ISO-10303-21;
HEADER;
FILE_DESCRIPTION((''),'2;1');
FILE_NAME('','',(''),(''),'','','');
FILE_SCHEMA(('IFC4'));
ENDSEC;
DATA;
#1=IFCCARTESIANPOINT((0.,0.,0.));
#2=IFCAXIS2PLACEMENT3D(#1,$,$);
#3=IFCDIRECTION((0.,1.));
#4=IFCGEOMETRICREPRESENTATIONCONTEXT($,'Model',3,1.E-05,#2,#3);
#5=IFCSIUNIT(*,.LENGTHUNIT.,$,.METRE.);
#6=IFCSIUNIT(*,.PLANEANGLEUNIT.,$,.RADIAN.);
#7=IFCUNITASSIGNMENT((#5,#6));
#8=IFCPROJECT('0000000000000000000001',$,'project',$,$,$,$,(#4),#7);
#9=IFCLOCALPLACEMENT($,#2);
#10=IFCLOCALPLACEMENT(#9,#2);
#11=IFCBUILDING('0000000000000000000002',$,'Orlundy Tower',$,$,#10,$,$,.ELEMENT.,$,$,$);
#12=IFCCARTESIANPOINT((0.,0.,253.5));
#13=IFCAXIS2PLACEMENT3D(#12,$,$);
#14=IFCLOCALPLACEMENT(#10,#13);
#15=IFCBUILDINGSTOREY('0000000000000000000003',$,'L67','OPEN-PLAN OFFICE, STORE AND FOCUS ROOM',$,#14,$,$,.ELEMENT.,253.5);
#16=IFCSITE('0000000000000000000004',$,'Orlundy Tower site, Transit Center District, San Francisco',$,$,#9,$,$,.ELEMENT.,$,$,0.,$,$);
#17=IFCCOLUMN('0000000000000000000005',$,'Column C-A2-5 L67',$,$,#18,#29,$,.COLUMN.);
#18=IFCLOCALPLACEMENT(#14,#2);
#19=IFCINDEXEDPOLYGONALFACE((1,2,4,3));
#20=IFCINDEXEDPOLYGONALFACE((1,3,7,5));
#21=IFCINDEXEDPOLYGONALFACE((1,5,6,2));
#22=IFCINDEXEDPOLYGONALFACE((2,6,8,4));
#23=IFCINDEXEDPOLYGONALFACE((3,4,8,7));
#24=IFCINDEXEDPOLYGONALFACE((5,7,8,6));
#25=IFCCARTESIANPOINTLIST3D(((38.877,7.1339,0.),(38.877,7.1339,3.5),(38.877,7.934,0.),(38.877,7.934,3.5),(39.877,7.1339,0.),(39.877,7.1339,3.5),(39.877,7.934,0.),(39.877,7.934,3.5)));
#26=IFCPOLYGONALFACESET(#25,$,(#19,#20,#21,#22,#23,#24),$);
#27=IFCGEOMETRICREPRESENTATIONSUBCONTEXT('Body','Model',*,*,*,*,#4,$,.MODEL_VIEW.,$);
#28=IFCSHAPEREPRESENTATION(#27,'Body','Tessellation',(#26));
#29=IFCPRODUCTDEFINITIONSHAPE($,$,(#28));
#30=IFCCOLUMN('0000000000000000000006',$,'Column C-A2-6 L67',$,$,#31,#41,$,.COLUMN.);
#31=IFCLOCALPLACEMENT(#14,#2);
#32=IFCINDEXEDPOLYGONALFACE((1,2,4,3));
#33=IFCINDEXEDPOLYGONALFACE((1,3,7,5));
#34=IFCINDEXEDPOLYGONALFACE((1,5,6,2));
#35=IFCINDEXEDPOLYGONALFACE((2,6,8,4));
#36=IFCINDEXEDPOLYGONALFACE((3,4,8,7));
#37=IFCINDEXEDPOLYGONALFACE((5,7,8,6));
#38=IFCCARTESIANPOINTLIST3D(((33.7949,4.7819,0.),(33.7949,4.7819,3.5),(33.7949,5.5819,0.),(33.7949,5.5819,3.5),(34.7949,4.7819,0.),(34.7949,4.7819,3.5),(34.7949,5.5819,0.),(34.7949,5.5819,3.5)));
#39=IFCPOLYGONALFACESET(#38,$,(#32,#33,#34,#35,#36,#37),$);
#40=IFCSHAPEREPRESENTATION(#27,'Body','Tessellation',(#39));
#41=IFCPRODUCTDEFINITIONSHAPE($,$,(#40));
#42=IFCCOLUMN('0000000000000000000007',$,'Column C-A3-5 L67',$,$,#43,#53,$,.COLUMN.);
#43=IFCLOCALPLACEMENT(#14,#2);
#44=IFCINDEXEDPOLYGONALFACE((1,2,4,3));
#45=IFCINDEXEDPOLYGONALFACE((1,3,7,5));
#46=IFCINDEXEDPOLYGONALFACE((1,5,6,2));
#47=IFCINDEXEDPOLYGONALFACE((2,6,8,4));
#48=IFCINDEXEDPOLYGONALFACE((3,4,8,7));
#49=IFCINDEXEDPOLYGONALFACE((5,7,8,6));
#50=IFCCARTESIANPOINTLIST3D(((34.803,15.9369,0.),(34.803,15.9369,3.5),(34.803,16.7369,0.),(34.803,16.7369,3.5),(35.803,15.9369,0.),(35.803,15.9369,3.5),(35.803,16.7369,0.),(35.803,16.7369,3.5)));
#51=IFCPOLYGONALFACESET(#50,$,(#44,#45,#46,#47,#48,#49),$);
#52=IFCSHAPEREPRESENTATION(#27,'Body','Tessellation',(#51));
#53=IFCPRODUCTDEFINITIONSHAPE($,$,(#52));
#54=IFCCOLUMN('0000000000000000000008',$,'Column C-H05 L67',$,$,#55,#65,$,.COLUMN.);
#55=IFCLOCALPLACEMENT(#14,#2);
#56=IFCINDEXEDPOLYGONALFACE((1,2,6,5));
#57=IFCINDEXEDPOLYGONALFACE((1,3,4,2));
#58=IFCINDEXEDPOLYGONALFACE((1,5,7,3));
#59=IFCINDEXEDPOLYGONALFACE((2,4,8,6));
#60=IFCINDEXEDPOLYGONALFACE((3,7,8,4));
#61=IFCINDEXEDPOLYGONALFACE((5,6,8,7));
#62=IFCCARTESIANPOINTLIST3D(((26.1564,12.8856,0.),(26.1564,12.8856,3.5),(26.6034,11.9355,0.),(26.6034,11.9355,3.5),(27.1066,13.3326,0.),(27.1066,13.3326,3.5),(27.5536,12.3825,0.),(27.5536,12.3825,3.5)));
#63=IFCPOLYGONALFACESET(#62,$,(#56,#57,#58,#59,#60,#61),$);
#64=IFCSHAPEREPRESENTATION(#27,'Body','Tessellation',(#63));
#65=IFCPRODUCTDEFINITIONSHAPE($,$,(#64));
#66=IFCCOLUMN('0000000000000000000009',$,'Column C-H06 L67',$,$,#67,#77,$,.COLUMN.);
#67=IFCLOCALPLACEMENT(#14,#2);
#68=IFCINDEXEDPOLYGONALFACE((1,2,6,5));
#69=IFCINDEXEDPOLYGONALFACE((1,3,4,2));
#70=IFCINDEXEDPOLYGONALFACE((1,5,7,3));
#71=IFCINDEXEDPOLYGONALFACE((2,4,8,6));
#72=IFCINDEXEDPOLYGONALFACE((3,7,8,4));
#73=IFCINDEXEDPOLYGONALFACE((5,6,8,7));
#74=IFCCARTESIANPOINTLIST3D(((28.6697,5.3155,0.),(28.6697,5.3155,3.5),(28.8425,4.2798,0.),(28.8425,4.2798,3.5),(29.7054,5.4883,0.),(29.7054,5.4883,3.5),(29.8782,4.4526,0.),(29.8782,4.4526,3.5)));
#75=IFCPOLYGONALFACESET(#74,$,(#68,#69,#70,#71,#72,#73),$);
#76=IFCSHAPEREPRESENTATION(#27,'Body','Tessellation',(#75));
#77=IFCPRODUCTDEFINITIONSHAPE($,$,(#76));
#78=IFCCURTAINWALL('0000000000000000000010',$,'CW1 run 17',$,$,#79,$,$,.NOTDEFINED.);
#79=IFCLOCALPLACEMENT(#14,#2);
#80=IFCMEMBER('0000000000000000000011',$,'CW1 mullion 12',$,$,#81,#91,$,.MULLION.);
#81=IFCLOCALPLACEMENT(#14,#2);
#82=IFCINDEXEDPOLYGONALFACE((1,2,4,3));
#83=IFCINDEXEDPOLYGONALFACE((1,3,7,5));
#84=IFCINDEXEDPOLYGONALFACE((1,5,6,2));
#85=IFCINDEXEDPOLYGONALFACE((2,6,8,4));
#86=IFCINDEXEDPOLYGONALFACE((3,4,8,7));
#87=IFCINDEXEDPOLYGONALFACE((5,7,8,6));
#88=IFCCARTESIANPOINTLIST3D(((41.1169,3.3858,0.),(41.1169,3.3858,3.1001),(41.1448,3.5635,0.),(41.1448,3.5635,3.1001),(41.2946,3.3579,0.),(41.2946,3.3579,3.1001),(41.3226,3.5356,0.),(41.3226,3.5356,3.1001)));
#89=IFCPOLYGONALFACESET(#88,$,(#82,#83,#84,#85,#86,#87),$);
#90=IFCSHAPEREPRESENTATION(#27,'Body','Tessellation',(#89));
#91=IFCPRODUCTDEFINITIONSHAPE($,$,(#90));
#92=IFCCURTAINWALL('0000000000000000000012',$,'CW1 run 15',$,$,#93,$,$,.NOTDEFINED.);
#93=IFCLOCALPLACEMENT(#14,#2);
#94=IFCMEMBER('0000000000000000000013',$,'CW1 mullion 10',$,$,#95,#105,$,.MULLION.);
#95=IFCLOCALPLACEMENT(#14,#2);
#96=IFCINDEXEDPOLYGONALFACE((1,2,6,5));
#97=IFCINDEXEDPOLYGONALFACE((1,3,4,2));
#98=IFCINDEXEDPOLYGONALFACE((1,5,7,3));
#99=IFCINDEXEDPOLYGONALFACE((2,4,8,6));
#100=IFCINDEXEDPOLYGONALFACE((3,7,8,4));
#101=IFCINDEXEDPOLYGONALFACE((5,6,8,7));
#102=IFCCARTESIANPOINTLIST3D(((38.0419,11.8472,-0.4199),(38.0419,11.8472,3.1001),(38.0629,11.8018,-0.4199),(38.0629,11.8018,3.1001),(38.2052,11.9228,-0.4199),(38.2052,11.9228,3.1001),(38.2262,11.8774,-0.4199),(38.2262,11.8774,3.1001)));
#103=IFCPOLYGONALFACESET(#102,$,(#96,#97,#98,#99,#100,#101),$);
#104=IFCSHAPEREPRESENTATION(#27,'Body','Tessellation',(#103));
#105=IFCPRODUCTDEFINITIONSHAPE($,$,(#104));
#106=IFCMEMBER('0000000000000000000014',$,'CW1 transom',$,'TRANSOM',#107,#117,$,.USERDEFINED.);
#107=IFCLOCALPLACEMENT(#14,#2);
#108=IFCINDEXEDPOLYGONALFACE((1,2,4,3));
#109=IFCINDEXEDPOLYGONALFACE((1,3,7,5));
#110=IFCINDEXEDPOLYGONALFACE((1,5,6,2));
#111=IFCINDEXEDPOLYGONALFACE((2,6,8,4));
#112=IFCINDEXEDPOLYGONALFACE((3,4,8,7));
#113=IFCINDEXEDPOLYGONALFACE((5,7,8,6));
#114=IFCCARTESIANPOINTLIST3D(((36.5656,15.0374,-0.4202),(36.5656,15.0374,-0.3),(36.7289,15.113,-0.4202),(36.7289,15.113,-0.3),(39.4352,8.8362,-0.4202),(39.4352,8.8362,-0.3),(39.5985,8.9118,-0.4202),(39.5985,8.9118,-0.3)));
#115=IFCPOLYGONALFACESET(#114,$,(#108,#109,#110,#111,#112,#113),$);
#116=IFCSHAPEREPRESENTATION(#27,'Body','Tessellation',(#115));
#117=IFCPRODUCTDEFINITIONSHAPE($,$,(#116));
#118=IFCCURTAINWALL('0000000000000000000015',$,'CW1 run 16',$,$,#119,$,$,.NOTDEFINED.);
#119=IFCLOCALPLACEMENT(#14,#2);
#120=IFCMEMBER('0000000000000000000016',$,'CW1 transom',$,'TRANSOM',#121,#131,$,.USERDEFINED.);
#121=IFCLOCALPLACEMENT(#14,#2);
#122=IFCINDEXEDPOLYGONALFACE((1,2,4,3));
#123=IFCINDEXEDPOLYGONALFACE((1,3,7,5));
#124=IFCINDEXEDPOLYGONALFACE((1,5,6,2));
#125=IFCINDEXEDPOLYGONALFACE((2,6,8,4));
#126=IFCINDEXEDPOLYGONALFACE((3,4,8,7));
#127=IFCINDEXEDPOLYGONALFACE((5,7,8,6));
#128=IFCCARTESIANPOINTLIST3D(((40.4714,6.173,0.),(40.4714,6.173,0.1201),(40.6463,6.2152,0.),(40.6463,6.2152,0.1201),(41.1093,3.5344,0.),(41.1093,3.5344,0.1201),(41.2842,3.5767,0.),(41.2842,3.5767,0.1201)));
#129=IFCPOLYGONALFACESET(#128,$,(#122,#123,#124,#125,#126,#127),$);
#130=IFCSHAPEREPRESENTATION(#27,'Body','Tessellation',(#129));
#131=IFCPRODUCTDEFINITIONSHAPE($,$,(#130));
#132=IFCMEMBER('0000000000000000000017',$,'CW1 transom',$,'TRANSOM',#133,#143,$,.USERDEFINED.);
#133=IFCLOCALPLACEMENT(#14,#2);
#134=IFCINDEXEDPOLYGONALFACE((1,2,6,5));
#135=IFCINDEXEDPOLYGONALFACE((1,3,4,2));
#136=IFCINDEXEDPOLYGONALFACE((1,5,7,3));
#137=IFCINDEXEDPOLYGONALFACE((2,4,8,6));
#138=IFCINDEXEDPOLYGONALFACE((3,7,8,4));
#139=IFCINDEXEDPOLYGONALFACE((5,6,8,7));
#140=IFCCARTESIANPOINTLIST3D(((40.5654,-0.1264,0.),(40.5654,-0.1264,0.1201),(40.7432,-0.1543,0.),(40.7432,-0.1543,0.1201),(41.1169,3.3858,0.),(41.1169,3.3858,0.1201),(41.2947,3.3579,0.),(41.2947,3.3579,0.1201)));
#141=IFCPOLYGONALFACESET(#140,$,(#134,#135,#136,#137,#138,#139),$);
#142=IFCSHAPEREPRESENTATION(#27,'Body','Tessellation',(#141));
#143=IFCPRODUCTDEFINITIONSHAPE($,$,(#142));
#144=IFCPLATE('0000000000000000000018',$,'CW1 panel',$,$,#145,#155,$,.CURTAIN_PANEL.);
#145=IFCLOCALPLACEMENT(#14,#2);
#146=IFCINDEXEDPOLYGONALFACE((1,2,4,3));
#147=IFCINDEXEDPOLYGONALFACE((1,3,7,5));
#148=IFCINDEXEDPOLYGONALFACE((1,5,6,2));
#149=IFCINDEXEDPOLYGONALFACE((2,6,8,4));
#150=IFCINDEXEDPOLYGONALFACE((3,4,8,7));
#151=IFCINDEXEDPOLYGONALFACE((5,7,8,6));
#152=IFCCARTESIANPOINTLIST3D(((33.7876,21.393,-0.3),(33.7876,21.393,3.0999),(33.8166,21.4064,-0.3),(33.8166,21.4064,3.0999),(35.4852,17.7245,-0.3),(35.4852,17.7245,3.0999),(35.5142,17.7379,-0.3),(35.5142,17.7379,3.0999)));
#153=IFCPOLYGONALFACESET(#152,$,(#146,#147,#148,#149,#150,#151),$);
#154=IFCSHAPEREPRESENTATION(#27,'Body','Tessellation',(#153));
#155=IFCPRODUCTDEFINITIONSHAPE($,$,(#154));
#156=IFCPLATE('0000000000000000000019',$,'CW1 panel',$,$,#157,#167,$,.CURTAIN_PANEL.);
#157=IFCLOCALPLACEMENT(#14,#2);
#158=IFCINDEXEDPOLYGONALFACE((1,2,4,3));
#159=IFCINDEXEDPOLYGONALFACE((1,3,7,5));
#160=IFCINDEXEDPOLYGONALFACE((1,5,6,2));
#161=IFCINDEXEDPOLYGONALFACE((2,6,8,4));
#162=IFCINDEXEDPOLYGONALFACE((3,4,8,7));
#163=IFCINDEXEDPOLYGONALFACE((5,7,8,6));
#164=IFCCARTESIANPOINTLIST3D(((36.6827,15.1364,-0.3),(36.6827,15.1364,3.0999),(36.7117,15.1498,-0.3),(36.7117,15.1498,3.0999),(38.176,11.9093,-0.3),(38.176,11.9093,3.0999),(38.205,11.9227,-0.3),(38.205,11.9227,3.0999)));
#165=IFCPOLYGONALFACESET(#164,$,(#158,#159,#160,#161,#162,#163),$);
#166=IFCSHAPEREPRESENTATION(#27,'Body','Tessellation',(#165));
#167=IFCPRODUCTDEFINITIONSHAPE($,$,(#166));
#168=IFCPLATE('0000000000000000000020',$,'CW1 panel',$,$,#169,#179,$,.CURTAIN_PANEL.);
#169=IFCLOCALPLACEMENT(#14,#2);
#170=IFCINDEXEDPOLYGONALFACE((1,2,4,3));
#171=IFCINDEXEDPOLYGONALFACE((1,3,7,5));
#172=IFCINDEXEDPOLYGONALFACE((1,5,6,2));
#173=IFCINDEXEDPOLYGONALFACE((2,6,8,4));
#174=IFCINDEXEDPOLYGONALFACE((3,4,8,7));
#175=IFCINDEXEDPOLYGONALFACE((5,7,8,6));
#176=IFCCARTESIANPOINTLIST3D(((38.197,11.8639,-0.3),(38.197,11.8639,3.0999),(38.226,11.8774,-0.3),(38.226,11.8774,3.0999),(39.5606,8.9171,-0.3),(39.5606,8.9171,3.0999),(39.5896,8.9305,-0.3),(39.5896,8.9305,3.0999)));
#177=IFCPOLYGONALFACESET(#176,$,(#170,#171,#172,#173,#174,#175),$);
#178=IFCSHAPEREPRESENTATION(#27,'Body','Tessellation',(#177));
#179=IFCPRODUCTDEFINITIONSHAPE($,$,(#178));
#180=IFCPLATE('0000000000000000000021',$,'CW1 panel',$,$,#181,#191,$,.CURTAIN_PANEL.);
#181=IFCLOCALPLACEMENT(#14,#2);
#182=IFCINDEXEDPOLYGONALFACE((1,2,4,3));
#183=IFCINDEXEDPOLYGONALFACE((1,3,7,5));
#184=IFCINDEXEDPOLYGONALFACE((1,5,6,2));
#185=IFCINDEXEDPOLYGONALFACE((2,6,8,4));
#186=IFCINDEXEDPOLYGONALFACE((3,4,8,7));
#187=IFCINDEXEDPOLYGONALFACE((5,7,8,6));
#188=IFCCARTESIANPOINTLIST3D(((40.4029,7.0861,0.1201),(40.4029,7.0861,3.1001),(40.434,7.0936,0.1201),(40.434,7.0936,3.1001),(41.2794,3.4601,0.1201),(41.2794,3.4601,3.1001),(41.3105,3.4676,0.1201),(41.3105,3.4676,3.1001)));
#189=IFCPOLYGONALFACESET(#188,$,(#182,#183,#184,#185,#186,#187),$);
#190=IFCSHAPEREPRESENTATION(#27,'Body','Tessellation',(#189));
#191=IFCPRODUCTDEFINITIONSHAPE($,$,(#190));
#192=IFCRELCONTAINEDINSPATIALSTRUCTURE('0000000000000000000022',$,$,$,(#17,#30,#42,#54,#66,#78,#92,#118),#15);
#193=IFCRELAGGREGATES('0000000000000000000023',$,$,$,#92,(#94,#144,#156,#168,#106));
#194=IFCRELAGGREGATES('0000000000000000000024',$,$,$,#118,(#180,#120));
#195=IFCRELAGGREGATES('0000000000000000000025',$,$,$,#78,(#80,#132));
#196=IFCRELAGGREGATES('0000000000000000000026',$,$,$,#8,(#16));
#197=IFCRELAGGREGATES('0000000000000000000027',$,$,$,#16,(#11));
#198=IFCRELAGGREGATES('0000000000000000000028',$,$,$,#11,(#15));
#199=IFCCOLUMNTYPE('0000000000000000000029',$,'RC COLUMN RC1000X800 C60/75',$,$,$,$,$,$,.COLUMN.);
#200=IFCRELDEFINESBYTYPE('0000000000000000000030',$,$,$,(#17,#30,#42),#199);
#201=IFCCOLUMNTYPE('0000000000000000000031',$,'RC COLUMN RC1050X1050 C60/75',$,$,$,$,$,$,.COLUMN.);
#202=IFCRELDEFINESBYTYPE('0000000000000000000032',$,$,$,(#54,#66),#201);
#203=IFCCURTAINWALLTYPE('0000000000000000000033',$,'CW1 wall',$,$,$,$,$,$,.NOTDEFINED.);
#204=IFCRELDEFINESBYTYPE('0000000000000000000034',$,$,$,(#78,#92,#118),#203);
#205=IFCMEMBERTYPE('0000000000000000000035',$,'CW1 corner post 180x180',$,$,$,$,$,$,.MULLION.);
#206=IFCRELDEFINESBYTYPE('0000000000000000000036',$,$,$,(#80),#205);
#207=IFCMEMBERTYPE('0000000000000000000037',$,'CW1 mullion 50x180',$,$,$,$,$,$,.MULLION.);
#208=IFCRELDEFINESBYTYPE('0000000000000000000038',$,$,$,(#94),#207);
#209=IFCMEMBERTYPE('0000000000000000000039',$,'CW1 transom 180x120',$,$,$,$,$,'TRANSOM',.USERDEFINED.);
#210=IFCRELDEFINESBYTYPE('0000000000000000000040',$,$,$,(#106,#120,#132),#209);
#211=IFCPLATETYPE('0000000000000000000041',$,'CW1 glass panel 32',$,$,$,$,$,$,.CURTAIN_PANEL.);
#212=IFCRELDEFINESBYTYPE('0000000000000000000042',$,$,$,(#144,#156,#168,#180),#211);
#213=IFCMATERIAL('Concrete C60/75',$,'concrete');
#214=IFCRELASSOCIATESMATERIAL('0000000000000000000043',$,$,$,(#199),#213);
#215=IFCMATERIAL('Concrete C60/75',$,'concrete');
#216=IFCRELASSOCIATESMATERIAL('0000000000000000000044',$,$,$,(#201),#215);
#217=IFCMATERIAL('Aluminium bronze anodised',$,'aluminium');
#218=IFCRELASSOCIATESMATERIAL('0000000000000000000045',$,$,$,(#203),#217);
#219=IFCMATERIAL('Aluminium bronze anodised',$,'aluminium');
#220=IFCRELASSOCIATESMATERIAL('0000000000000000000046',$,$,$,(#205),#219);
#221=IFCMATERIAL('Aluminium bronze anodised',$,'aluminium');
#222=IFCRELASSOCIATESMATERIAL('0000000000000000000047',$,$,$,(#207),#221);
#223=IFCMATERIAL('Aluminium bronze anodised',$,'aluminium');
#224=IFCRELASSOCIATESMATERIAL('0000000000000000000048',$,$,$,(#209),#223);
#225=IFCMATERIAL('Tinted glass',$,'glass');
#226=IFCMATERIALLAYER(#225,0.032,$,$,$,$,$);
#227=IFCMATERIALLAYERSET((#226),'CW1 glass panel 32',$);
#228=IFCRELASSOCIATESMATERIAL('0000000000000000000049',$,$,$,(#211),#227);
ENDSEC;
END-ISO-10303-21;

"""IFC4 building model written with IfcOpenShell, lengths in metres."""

from ifc_helpers import new_model, si_unit, direction, frame, origin, origin_2d, place, context, subcontext, project, spatial, rectangle, extrude, material, layer, layer_set, material_profile, profile_set, type_object, element, aggregate, save


model = new_model("IFC4")

# Units and contexts
model_context = context("Model", 3, precision=1e-05, world=origin(), true_north=direction((0.0, 1.0)))
body_context = subcontext(model_context, "Body", "Model", "MODEL_VIEW")
ifc_project = project(units=[si_unit("LENGTHUNIT", "METRE"), si_unit("PLANEANGLEUNIT", "RADIAN")], contexts=[model_context])

# Site, building, storey
site_placement = place(None, origin())
site = spatial("IfcSite", under=ifc_project, at=site_placement, Name="Orlundy Tower site, Transit Center District, San Francisco", CompositionType="ELEMENT", RefElevation=0.0)
building_placement = place(site_placement, origin())
building = spatial("IfcBuilding", under=site, at=building_placement, Name="Orlundy Tower", CompositionType="ELEMENT")
storey_placement = place(building_placement, frame((0.0, 0.0, 253.5)))
storey = spatial("IfcBuildingStorey", under=building, at=storey_placement, Name="L67", Description="OPEN-PLAN OFFICE, STORE AND FOCUS ROOM", CompositionType="ELEMENT", Elevation=253.5)

# Columns
ifc_material_1 = material(Name="Concrete C60/75", Category="concrete")
ifc_material_profile_1 = material_profile(ifc_material_1, rectangle(XDim=1.0, YDim=0.8, at=origin_2d()), Name="RC1000X800")
ifc_profile_set_1 = profile_set([ifc_material_profile_1], Name="Concrete C60/75")
column_type_1 = type_object("IfcColumnType", Name="RC COLUMN RC1000X800 C60/75", PredefinedType="COLUMN", material=ifc_profile_set_1)
for number, where, z_axis, x_axis, name in (
    (1, (39.377, 7.5339, 0.0), (0.0, 0.0, 1.0), (1.0, 0.0, 0.0), "Column C-A2-5 L67"),
    (2, (34.2949, 5.1819, 0.0), (0.0, 0.0, 1.0), (1.0, 0.0, 0.0), "Column C-A2-6 L67"),
    (3, (35.303, 16.3369, 0.0), (0.0, 0.0, 1.0), (1.0, 0.0, 0.0), "Column C-A3-5 L67"),
):
    element("IfcColumn", number, at=place(storey_placement, frame(where, z_axis=z_axis, x_axis=x_axis)), inside=storey, type_object=column_type_1, Name=name, PredefinedType="COLUMN", context=body_context, shape_type="SweptSolid", body=[
        extrude(rectangle(XDim=1.0, YDim=0.8, at=origin_2d()), origin(), (0.0, 0.0, 1.0), 3.5),
    ])
ifc_material_2 = material(Name="Concrete C60/75", Category="concrete")
ifc_material_profile_2 = material_profile(ifc_material_2, rectangle(XDim=1.05, YDim=1.05, at=origin_2d()), Name="RC1050X1050")
ifc_profile_set_2 = profile_set([ifc_material_profile_2], Name="Concrete C60/75")
column_type_2 = type_object("IfcColumnType", Name="RC COLUMN RC1050X1050 C60/75", PredefinedType="COLUMN", material=ifc_profile_set_2)
for number, where, z_axis, x_axis, name in (
    (4, (26.855, 12.634, 0.0), (0.0, 0.0, 1.0), (0.904864, 0.4257, 0.0), "Column C-H05 L67"),
    (5, (29.2739, 4.884, 0.0), (0.0, 0.0, 1.0), (0.986366, 0.164566, 0.0), "Column C-H06 L67"),
):
    element("IfcColumn", number, at=place(storey_placement, frame(where, z_axis=z_axis, x_axis=x_axis)), inside=storey, type_object=column_type_2, Name=name, PredefinedType="COLUMN", context=body_context, shape_type="SweptSolid", body=[
        extrude(rectangle(XDim=1.05, YDim=1.05, at=origin_2d()), origin(), (0.0, 0.0, 1.0), 3.5),
    ])

# Curtain wall, member
ifc_material_3 = material(Name="Aluminium bronze anodised", Category="aluminium")
curtain_wall_type = type_object("IfcCurtainWallType", Name="CW1 wall", PredefinedType="NOTDEFINED", material=ifc_material_3)
curtain_wall_1_placement = place(storey_placement, origin())
curtain_wall_1 = element("IfcCurtainWall", 6, at=curtain_wall_1_placement, inside=storey, type_object=curtain_wall_type, Name="CW1 run 17", PredefinedType="NOTDEFINED")
ifc_material_4 = material(Name="Aluminium bronze anodised", Category="aluminium")
ifc_material_profile_3 = material_profile(ifc_material_4, rectangle(XDim=0.1799, YDim=0.1799, at=origin_2d()), Name="CW1 corner post 180x180")
ifc_profile_set_3 = profile_set([ifc_material_profile_3], Name="Aluminium bronze anodised")
member_type_1 = type_object("IfcMemberType", Name="CW1 corner post 180x180", PredefinedType="MULLION", material=ifc_profile_set_3)
member_1_placement = place(storey_placement, frame((41.2197, 3.4607, 0.0), z_axis=(0.0, 0.0, 1.0), x_axis=(0.987896, -0.155117, 0.0)))
member_1 = element("IfcMember", 7, at=member_1_placement, type_object=member_type_1, Name="CW1 mullion 12", PredefinedType="MULLION", context=body_context, shape_type="SweptSolid", body=[
    extrude(rectangle(XDim=0.1799, YDim=0.1799, at=origin_2d()), origin(), (0.0, 0.0, 1.0), 3.1001),
])

# Curtain wall, members
curtain_wall_2_placement = place(storey_placement, origin())
curtain_wall_2 = element("IfcCurtainWall", 8, at=curtain_wall_2_placement, inside=storey, type_object=curtain_wall_type, Name="CW1 run 15", PredefinedType="NOTDEFINED")
ifc_material_5 = material(Name="Aluminium bronze anodised", Category="aluminium")
ifc_material_profile_4 = material_profile(ifc_material_5, rectangle(XDim=0.1799, YDim=0.05, at=origin_2d()), Name="CW1 mullion 50x180")
ifc_profile_set_4 = profile_set([ifc_material_profile_4], Name="Aluminium bronze anodised")
member_type_2 = type_object("IfcMemberType", Name="CW1 mullion 50x180", PredefinedType="MULLION", material=ifc_profile_set_4)
member_2_placement = place(storey_placement, frame((38.134, 11.8623, -0.4199), z_axis=(0.0, 0.0, 1.0), x_axis=(0.907542, 0.419961, 0.0)))
member_2 = element("IfcMember", 9, at=member_2_placement, type_object=member_type_2, Name="CW1 mullion 10", PredefinedType="MULLION", context=body_context, shape_type="SweptSolid", body=[
    extrude(rectangle(XDim=0.1799, YDim=0.05, at=origin_2d()), origin(), (0.0, 0.0, 1.0), 3.52),
])
ifc_material_6 = material(Name="Aluminium bronze anodised", Category="aluminium")
ifc_material_profile_5 = material_profile(ifc_material_6, rectangle(XDim=0.1799, YDim=0.1201, at=origin_2d()), Name="CW1 transom 180x120")
ifc_profile_set_5 = profile_set([ifc_material_profile_5], Name="Aluminium bronze anodised")
member_type_3 = type_object("IfcMemberType", Name="CW1 transom 180x120", ElementType="TRANSOM", PredefinedType="USERDEFINED", material=ifc_profile_set_5)
member_3_placement = place(storey_placement, frame((36.6472, 15.0752, -0.3601), z_axis=(0.419969, -0.907539, 0.0), x_axis=(0.907539, 0.419969, 0.0)))
member_3 = element("IfcMember", 10, at=member_3_placement, type_object=member_type_3, Name="CW1 transom", ObjectType="TRANSOM", PredefinedType="USERDEFINED", context=body_context, shape_type="SweptSolid", body=[
    extrude(rectangle(XDim=0.1799, YDim=0.1201, at=origin_2d()), origin(), (0.0, 0.0, 1.0), 6.833),
])

# Curtain wall, member
curtain_wall_3_placement = place(storey_placement, origin())
curtain_wall_3 = element("IfcCurtainWall", 11, at=curtain_wall_3_placement, inside=storey, type_object=curtain_wall_type, Name="CW1 run 16", PredefinedType="NOTDEFINED")
member_4_placement = place(storey_placement, frame((40.5588, 6.1941, 0.0601), z_axis=(0.234995, -0.971997, 0.0), x_axis=(0.971997, 0.234995, 0.0)))
member_4 = element("IfcMember", 12, at=member_4_placement, type_object=member_type_3, Name="CW1 transom", ObjectType="TRANSOM", PredefinedType="USERDEFINED", context=body_context, shape_type="SweptSolid", body=[
    extrude(rectangle(XDim=0.1799, YDim=0.1201, at=origin_2d()), origin(), (0.0, 0.0, 1.0), 2.7146),
])

# Member
member_5_placement = place(storey_placement, frame((41.2058, 3.3718, 0.0601), z_axis=(-0.155127, -0.987895, 0.0), x_axis=(0.987895, -0.155127, 0.0)))
member_5 = element("IfcMember", 13, at=member_5_placement, type_object=member_type_3, Name="CW1 transom", ObjectType="TRANSOM", PredefinedType="USERDEFINED", context=body_context, shape_type="SweptSolid", body=[
    extrude(rectangle(XDim=0.1799, YDim=0.1201, at=origin_2d()), origin(), (0.0, 0.0, 1.0), 3.5552),
])

# Plates
ifc_material_7 = material(Name="Tinted glass", Category="glass")
ifc_layer_1 = layer(ifc_material_7, 0.032)
ifc_layer_set_1 = layer_set([ifc_layer_1], Name="CW1 glass panel 32")
plate_type = type_object("IfcPlateType", Name="CW1 glass panel 32", PredefinedType="CURTAIN_PANEL", material=ifc_layer_set_1)
plate_1_placement = place(storey_placement, frame((34.6509, 19.5654, -0.3), z_axis=(0.0, 0.0, 1.0), x_axis=(0.419961, -0.907542, 0.0)))
plate_1 = element("IfcPlate", 14, at=plate_1_placement, type_object=plate_type, Name="CW1 panel", PredefinedType="CURTAIN_PANEL", context=body_context, shape_type="SweptSolid", body=[
    extrude(rectangle(XDim=4.0422, YDim=0.032, at=origin_2d()), origin(), (0.0, 0.0, 1.0), 3.3999),
])
plate_2_placement = place(storey_placement, frame((37.4438, 13.5295, -0.3), z_axis=(0.0, 0.0, 1.0), x_axis=(0.419961, -0.907542, 0.0)))
plate_2 = element("IfcPlate", 15, at=plate_2_placement, type_object=plate_type, Name="CW1 panel", PredefinedType="CURTAIN_PANEL", context=body_context, shape_type="SweptSolid", body=[
    extrude(rectangle(XDim=3.5559, YDim=0.032, at=origin_2d()), origin(), (0.0, 0.0, 1.0), 3.3999),
])
plate_3_placement = place(storey_placement, frame((38.8933, 10.3972, -0.3), z_axis=(0.0, 0.0, 1.0), x_axis=(0.419961, -0.907542, 0.0)))
plate_3 = element("IfcPlate", 16, at=plate_3_placement, type_object=plate_type, Name="CW1 panel", PredefinedType="CURTAIN_PANEL", context=body_context, shape_type="SweptSolid", body=[
    extrude(rectangle(XDim=3.2471, YDim=0.032, at=origin_2d()), origin(), (0.0, 0.0, 1.0), 3.3999),
])
aggregate(curtain_wall_2, [member_2, plate_1, plate_2, plate_3, member_3])
plate_4_placement = place(storey_placement, frame((40.8567, 5.2769, 0.1201), z_axis=(0.0, 0.0, 1.0), x_axis=(0.234975, -0.972002, 0.0)))
plate_4 = element("IfcPlate", 17, at=plate_4_placement, type_object=plate_type, Name="CW1 panel", PredefinedType="CURTAIN_PANEL", context=body_context, shape_type="SweptSolid", body=[
    extrude(rectangle(XDim=3.7305, YDim=0.032, at=origin_2d()), origin(), (0.0, 0.0, 1.0), 2.98),
])
aggregate(curtain_wall_3, [plate_4, member_4])
aggregate(curtain_wall_1, [member_1, member_5])

save(model, "model.ifc")
